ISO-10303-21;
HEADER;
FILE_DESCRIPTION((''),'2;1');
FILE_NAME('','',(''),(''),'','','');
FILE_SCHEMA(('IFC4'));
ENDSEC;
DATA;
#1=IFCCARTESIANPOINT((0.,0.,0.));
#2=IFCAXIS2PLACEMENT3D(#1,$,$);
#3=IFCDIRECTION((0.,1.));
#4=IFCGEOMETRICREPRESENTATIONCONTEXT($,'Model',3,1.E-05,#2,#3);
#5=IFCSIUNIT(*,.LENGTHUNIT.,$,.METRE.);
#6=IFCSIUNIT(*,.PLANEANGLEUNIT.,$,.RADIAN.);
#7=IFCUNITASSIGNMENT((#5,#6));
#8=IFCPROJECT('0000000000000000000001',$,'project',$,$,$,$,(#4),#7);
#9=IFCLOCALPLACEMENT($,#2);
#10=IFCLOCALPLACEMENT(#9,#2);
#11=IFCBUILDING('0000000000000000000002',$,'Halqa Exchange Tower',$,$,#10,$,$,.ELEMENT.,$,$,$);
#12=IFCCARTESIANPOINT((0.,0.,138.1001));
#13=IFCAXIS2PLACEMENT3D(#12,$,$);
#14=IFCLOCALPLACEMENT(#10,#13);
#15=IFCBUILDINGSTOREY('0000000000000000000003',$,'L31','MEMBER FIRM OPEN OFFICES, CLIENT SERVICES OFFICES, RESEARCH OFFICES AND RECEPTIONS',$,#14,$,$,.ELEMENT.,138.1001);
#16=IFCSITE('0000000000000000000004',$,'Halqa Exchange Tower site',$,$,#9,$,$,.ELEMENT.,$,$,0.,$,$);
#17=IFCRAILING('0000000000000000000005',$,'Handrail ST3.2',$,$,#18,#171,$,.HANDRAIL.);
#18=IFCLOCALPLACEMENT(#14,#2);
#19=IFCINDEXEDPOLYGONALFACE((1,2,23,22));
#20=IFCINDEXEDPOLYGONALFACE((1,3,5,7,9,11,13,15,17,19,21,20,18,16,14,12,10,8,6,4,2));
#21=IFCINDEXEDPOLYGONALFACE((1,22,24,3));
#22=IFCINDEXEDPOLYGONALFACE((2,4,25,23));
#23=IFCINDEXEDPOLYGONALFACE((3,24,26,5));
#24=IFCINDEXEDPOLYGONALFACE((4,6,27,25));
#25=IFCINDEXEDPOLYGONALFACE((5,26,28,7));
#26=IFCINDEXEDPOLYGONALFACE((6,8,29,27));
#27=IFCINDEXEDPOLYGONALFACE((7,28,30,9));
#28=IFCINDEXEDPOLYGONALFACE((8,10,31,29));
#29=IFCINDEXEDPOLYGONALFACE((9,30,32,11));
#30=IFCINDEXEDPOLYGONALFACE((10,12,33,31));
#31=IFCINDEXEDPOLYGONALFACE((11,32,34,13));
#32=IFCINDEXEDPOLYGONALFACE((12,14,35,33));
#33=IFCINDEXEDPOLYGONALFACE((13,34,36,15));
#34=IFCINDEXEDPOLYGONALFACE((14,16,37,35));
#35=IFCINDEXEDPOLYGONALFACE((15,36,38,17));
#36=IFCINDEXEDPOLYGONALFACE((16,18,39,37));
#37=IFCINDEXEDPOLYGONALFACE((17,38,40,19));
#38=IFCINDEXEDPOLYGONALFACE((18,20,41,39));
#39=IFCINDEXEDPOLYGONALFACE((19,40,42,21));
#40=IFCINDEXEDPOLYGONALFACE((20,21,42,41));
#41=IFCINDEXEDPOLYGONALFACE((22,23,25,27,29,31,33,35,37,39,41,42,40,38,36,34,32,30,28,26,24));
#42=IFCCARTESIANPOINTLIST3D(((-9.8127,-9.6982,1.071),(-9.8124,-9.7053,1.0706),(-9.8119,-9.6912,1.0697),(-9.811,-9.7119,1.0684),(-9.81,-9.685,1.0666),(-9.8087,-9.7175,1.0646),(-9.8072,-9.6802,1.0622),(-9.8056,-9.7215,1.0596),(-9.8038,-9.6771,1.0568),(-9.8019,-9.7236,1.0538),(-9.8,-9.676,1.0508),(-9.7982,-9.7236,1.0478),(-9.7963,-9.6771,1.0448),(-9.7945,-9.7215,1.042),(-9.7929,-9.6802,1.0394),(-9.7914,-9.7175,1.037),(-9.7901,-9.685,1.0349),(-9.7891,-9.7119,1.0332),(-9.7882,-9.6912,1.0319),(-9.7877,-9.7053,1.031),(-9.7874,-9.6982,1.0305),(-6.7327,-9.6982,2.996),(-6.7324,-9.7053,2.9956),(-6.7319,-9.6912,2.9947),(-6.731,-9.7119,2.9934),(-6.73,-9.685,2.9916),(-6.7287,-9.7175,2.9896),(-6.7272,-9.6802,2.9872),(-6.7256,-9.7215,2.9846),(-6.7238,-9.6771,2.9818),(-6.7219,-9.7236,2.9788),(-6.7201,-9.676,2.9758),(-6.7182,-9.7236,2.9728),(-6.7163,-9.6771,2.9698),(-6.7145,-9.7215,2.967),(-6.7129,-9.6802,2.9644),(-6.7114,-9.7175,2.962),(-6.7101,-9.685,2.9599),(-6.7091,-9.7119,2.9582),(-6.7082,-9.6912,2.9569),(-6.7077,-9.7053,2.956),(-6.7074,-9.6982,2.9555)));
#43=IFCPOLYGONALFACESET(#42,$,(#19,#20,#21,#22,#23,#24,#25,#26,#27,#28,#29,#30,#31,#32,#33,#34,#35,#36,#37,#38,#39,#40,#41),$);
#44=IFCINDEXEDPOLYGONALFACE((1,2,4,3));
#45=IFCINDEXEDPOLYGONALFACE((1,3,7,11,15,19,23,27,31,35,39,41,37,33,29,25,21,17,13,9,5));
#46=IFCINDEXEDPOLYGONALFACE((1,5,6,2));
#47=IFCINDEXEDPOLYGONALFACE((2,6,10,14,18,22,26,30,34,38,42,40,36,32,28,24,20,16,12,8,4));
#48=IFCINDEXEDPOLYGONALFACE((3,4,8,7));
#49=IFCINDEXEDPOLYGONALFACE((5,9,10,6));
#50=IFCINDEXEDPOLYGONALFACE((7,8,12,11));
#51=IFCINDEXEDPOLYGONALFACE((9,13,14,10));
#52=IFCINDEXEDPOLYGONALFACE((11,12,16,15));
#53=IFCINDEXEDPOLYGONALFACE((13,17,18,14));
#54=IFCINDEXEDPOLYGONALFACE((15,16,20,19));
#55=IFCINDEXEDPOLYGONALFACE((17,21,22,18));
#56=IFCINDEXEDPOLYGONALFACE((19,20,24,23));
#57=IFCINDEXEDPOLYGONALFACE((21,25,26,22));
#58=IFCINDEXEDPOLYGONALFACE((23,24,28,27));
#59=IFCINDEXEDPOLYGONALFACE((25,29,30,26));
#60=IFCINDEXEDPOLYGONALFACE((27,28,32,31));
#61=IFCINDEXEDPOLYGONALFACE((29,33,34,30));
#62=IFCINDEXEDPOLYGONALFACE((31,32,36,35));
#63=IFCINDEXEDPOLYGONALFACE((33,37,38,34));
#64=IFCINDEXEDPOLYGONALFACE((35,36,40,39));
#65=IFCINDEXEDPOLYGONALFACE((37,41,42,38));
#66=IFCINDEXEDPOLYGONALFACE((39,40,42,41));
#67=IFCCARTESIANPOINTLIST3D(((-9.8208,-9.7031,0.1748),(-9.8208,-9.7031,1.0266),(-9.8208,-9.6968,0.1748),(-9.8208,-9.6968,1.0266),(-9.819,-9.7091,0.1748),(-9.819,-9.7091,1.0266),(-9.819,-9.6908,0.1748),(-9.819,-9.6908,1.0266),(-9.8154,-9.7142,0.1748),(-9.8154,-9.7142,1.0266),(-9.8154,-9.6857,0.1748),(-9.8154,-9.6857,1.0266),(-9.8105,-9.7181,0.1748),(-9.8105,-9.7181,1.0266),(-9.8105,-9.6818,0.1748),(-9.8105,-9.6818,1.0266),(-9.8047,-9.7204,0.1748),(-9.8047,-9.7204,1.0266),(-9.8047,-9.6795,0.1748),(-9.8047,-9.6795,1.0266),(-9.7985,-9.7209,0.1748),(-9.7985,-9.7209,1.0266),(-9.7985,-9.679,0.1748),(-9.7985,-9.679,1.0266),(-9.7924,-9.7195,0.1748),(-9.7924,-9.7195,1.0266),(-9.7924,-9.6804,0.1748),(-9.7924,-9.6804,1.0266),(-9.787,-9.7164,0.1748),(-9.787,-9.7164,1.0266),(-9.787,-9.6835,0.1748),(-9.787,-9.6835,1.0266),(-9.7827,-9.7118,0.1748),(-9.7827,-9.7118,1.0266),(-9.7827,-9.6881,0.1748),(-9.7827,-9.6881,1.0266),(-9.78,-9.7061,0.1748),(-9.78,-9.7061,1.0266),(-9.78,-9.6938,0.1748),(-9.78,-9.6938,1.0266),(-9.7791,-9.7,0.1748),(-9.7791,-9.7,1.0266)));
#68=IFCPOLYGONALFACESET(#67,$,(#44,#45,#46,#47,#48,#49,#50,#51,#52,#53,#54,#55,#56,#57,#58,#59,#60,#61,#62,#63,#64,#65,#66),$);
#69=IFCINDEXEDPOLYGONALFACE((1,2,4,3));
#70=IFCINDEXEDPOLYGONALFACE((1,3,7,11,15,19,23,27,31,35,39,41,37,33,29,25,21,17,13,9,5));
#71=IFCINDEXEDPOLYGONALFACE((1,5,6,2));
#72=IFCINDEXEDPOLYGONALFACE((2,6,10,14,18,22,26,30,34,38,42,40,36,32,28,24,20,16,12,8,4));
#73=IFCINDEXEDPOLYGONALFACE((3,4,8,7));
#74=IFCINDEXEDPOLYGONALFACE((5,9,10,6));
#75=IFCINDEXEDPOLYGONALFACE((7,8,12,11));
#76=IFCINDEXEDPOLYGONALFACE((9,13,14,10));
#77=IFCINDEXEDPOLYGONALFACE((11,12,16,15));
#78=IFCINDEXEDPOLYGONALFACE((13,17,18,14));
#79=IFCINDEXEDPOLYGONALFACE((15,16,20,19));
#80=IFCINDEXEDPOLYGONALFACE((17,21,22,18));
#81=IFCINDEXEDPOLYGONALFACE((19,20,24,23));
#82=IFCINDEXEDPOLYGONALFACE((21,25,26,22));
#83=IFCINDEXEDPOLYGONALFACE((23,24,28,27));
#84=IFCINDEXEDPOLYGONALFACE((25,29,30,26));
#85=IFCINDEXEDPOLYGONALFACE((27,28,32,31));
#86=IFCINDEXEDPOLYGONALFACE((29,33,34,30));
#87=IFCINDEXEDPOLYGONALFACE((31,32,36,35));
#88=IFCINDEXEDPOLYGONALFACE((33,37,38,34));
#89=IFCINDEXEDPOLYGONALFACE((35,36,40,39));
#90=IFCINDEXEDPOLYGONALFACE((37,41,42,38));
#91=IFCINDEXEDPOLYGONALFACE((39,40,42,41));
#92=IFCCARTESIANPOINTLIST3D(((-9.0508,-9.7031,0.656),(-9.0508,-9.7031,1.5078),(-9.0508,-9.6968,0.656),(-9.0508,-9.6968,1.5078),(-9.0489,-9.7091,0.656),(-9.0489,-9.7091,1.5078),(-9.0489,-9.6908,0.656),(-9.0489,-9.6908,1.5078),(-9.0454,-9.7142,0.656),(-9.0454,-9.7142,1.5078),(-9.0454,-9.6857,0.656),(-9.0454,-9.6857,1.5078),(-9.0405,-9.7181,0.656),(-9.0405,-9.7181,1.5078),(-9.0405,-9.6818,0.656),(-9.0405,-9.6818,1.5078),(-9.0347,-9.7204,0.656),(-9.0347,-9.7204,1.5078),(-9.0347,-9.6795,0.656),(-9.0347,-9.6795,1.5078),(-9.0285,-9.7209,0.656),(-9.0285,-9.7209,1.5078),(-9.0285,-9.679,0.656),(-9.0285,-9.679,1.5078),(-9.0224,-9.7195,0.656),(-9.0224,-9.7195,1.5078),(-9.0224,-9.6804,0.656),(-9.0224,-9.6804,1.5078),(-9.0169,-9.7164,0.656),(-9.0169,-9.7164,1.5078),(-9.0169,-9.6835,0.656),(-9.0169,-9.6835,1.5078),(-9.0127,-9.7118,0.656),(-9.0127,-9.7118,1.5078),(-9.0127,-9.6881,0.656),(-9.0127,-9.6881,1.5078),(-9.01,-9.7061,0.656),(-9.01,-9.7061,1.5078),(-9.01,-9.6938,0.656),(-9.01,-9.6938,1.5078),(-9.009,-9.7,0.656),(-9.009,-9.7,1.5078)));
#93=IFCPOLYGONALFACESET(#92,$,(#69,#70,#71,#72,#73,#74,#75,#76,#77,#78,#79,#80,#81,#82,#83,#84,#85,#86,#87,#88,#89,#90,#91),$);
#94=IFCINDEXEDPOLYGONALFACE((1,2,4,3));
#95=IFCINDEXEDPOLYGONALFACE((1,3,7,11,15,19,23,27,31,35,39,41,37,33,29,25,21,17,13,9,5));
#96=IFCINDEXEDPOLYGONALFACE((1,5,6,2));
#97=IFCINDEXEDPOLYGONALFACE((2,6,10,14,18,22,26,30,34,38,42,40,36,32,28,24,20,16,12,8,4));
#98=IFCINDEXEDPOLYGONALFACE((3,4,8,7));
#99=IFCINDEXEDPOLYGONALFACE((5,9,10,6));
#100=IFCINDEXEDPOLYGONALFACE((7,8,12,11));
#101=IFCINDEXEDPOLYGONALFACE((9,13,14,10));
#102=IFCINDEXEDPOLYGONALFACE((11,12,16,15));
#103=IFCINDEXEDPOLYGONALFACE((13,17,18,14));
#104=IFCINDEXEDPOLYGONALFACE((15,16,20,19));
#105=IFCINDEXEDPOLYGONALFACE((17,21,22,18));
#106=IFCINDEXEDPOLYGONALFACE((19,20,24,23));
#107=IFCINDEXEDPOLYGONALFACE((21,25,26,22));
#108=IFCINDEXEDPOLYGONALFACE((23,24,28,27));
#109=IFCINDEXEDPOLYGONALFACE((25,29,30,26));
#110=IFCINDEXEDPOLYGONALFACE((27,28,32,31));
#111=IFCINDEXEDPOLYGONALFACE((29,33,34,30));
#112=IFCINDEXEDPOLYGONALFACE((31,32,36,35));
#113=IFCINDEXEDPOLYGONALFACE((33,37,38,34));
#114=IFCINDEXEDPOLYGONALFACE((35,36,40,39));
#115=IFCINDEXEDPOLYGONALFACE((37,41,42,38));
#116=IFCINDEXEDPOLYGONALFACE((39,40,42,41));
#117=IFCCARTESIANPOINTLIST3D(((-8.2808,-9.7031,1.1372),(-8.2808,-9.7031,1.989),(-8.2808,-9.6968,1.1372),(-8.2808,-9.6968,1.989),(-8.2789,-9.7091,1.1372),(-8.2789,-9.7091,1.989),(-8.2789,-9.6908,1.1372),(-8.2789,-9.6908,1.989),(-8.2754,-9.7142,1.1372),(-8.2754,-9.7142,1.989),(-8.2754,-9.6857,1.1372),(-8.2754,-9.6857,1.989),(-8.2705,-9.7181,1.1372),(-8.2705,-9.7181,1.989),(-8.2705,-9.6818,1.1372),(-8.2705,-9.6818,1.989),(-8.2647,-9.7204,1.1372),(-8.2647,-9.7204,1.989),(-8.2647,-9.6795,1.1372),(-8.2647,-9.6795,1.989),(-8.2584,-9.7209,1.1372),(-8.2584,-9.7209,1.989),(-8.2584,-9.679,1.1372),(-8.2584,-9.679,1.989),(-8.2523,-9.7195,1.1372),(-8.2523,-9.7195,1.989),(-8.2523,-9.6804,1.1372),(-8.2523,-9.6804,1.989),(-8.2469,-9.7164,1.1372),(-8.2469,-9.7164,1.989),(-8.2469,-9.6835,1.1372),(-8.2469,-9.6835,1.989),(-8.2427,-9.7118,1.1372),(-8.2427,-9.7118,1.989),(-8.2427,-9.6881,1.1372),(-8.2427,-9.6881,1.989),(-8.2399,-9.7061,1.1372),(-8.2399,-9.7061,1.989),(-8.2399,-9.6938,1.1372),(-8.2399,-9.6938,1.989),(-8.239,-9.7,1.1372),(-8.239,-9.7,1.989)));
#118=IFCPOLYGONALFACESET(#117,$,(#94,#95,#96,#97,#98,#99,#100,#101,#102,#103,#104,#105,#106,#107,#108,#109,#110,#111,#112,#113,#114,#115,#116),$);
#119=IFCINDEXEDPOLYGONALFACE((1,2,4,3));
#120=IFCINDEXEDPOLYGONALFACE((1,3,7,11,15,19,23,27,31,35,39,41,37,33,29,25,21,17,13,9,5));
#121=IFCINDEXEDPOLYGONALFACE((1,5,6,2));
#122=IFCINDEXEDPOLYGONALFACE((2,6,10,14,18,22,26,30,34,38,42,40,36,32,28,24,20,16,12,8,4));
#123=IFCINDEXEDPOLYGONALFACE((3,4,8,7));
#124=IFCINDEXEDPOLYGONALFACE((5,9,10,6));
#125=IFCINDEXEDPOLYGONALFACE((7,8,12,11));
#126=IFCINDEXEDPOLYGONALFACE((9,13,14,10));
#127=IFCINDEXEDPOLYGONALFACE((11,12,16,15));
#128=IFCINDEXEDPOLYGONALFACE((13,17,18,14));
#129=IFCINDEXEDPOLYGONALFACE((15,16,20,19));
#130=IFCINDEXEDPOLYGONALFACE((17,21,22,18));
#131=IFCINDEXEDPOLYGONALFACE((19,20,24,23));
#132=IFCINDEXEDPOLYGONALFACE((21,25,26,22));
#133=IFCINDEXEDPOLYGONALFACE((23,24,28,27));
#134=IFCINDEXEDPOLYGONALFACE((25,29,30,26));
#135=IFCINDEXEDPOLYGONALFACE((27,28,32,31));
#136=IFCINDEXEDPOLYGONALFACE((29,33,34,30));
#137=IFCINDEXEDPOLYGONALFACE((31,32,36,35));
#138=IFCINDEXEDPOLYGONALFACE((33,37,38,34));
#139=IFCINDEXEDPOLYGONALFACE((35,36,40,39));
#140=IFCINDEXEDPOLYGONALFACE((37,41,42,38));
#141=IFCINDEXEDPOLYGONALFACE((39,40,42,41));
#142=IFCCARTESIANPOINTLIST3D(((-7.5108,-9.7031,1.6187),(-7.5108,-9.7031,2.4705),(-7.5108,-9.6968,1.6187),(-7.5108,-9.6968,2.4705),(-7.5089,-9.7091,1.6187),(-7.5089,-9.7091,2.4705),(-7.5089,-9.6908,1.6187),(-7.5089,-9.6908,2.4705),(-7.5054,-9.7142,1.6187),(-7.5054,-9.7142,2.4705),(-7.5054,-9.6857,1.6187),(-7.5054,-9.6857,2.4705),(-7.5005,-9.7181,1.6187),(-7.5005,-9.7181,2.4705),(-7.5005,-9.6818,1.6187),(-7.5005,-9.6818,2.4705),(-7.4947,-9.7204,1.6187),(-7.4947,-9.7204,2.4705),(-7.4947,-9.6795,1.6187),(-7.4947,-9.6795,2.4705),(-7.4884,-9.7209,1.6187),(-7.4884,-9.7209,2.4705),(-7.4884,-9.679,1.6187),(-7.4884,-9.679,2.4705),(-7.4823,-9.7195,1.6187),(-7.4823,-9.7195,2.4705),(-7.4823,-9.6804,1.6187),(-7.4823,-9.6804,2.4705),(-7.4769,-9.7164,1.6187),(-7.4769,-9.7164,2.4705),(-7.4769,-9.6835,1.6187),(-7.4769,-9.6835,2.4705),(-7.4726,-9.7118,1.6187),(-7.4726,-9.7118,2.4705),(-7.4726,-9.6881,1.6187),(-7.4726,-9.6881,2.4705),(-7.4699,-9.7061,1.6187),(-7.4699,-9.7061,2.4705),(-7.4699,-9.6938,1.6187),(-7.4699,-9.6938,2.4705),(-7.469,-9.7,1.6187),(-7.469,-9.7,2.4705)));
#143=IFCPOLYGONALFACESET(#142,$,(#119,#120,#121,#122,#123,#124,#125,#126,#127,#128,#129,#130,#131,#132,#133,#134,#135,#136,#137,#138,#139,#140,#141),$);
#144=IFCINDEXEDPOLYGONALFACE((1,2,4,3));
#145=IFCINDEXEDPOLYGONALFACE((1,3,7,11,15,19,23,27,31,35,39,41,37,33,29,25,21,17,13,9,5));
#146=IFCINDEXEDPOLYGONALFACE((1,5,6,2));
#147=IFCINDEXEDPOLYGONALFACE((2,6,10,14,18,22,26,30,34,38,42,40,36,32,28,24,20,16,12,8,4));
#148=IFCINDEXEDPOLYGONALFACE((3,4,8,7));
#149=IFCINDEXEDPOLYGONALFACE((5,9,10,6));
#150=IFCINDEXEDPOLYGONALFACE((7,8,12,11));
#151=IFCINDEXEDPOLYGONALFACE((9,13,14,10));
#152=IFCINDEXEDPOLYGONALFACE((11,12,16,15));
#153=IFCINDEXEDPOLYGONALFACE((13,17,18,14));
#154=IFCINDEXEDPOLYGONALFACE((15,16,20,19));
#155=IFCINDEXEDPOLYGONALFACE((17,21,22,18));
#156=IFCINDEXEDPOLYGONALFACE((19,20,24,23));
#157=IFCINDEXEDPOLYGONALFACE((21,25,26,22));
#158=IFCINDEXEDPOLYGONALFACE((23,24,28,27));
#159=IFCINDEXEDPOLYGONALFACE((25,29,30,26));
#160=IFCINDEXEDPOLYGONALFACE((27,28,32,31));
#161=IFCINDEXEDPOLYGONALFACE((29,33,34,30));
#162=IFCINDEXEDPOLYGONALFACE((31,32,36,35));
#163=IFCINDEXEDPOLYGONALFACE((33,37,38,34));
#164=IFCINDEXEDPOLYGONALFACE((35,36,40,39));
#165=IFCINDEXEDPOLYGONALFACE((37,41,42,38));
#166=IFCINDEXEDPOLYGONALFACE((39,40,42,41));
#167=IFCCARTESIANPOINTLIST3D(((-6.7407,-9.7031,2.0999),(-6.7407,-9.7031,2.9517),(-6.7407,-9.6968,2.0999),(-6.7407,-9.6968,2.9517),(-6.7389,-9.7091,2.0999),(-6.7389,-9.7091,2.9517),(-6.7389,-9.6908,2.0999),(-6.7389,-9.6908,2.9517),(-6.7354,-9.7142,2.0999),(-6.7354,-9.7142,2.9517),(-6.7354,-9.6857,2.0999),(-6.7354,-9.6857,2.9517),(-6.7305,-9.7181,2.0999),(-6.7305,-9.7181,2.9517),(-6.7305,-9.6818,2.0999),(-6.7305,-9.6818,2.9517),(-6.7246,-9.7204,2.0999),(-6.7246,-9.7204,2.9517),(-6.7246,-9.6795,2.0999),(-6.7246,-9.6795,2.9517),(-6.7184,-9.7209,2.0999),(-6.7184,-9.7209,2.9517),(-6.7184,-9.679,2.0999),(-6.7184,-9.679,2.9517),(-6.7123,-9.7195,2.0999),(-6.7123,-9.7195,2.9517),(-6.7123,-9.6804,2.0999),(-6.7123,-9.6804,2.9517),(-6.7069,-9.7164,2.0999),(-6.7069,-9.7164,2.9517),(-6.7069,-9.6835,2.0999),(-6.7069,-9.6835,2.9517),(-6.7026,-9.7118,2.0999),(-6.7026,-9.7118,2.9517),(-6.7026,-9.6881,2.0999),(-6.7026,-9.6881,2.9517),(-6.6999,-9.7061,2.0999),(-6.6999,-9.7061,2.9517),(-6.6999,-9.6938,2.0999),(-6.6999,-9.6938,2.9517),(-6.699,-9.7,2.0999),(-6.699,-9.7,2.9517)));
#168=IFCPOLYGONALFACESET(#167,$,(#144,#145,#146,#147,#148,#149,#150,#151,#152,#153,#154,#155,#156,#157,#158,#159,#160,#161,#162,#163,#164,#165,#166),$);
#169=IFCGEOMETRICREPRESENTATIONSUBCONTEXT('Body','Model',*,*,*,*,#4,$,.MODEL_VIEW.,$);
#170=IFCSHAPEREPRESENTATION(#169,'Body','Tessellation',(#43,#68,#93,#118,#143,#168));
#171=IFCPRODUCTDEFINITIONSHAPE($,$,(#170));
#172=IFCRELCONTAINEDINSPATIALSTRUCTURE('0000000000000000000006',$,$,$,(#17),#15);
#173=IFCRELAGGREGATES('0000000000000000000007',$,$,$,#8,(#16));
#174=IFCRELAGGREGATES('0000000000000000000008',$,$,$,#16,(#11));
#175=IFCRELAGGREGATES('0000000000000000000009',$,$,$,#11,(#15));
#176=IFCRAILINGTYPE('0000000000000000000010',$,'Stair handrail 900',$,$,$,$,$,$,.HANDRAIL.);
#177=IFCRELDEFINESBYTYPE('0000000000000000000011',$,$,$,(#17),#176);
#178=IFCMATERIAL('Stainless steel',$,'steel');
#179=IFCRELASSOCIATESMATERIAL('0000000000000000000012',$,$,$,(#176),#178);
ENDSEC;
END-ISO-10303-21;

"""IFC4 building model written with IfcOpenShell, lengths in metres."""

from ifc_helpers import new_model, si_unit, direction, frame, origin, origin_2d, place, context, subcontext, project, spatial, circle, extrude, material, type_object, element, save


model = new_model("IFC4")

# Units and contexts
model_context = context("Model", 3, precision=1e-05, world=origin(), true_north=direction((0.0, 1.0)))
body_context = subcontext(model_context, "Body", "Model", "MODEL_VIEW")
ifc_project = project(units=[si_unit("LENGTHUNIT", "METRE"), si_unit("PLANEANGLEUNIT", "RADIAN")], contexts=[model_context])

# Site, building, storey
site_placement = place(None, origin())
site = spatial("IfcSite", under=ifc_project, at=site_placement, Name="Halqa Exchange Tower site", CompositionType="ELEMENT", RefElevation=0.0)
building_placement = place(site_placement, origin())
building = spatial("IfcBuilding", under=site, at=building_placement, Name="Halqa Exchange Tower", CompositionType="ELEMENT")
storey_placement = place(building_placement, frame((0.0, 0.0, 138.1001)))
storey = spatial("IfcBuildingStorey", under=building, at=storey_placement, Name="L31", Description="MEMBER FIRM OPEN OFFICES, CLIENT SERVICES OFFICES, RESEARCH OFFICES AND RECEPTIONS", CompositionType="ELEMENT", Elevation=138.1001)

# Shared definitions
ifc_material_1 = material(Name="Stainless steel", Category="steel")

# Railing
railing_type_1 = type_object("IfcRailingType", Name="Stair handrail 900", PredefinedType="HANDRAIL", material=ifc_material_1)
railing_1_placement = place(storey_placement, frame((-9.8, -9.7, 0.1748)))
element("IfcRailing", 1, at=railing_1_placement, inside=storey, type_object=railing_type_1, Name="Handrail ST3.2", PredefinedType="HANDRAIL", context=body_context, shape_type="SweptSolid", body=[
    extrude(circle(Radius=0.0239, at=origin_2d()), frame((0.0, 0.0, 0.876), z_axis=(0.847998, 0.0, 0.529999), x_axis=(0.0, 1.0, 0.0)), (0.0, 0.0, 1.0), 3.6321),
    extrude(circle(Radius=0.021, at=origin_2d()), origin(), (0.0, 0.0, 1.0), 0.8518),
    extrude(circle(Radius=0.021, at=origin_2d()), frame((0.77, 0.0, 0.4812)), (0.0, 0.0, 1.0), 0.8518),
    extrude(circle(Radius=0.021, at=origin_2d()), frame((1.54, 0.0, 0.9624)), (0.0, 0.0, 1.0), 0.8518),
    extrude(circle(Radius=0.021, at=origin_2d()), frame((2.3101, 0.0, 1.4438)), (0.0, 0.0, 1.0), 0.8518),
    extrude(circle(Radius=0.021, at=origin_2d()), frame((3.0801, 0.0, 1.925)), (0.0, 0.0, 1.0), 0.8518),
])

save(model, "model.ifc")
